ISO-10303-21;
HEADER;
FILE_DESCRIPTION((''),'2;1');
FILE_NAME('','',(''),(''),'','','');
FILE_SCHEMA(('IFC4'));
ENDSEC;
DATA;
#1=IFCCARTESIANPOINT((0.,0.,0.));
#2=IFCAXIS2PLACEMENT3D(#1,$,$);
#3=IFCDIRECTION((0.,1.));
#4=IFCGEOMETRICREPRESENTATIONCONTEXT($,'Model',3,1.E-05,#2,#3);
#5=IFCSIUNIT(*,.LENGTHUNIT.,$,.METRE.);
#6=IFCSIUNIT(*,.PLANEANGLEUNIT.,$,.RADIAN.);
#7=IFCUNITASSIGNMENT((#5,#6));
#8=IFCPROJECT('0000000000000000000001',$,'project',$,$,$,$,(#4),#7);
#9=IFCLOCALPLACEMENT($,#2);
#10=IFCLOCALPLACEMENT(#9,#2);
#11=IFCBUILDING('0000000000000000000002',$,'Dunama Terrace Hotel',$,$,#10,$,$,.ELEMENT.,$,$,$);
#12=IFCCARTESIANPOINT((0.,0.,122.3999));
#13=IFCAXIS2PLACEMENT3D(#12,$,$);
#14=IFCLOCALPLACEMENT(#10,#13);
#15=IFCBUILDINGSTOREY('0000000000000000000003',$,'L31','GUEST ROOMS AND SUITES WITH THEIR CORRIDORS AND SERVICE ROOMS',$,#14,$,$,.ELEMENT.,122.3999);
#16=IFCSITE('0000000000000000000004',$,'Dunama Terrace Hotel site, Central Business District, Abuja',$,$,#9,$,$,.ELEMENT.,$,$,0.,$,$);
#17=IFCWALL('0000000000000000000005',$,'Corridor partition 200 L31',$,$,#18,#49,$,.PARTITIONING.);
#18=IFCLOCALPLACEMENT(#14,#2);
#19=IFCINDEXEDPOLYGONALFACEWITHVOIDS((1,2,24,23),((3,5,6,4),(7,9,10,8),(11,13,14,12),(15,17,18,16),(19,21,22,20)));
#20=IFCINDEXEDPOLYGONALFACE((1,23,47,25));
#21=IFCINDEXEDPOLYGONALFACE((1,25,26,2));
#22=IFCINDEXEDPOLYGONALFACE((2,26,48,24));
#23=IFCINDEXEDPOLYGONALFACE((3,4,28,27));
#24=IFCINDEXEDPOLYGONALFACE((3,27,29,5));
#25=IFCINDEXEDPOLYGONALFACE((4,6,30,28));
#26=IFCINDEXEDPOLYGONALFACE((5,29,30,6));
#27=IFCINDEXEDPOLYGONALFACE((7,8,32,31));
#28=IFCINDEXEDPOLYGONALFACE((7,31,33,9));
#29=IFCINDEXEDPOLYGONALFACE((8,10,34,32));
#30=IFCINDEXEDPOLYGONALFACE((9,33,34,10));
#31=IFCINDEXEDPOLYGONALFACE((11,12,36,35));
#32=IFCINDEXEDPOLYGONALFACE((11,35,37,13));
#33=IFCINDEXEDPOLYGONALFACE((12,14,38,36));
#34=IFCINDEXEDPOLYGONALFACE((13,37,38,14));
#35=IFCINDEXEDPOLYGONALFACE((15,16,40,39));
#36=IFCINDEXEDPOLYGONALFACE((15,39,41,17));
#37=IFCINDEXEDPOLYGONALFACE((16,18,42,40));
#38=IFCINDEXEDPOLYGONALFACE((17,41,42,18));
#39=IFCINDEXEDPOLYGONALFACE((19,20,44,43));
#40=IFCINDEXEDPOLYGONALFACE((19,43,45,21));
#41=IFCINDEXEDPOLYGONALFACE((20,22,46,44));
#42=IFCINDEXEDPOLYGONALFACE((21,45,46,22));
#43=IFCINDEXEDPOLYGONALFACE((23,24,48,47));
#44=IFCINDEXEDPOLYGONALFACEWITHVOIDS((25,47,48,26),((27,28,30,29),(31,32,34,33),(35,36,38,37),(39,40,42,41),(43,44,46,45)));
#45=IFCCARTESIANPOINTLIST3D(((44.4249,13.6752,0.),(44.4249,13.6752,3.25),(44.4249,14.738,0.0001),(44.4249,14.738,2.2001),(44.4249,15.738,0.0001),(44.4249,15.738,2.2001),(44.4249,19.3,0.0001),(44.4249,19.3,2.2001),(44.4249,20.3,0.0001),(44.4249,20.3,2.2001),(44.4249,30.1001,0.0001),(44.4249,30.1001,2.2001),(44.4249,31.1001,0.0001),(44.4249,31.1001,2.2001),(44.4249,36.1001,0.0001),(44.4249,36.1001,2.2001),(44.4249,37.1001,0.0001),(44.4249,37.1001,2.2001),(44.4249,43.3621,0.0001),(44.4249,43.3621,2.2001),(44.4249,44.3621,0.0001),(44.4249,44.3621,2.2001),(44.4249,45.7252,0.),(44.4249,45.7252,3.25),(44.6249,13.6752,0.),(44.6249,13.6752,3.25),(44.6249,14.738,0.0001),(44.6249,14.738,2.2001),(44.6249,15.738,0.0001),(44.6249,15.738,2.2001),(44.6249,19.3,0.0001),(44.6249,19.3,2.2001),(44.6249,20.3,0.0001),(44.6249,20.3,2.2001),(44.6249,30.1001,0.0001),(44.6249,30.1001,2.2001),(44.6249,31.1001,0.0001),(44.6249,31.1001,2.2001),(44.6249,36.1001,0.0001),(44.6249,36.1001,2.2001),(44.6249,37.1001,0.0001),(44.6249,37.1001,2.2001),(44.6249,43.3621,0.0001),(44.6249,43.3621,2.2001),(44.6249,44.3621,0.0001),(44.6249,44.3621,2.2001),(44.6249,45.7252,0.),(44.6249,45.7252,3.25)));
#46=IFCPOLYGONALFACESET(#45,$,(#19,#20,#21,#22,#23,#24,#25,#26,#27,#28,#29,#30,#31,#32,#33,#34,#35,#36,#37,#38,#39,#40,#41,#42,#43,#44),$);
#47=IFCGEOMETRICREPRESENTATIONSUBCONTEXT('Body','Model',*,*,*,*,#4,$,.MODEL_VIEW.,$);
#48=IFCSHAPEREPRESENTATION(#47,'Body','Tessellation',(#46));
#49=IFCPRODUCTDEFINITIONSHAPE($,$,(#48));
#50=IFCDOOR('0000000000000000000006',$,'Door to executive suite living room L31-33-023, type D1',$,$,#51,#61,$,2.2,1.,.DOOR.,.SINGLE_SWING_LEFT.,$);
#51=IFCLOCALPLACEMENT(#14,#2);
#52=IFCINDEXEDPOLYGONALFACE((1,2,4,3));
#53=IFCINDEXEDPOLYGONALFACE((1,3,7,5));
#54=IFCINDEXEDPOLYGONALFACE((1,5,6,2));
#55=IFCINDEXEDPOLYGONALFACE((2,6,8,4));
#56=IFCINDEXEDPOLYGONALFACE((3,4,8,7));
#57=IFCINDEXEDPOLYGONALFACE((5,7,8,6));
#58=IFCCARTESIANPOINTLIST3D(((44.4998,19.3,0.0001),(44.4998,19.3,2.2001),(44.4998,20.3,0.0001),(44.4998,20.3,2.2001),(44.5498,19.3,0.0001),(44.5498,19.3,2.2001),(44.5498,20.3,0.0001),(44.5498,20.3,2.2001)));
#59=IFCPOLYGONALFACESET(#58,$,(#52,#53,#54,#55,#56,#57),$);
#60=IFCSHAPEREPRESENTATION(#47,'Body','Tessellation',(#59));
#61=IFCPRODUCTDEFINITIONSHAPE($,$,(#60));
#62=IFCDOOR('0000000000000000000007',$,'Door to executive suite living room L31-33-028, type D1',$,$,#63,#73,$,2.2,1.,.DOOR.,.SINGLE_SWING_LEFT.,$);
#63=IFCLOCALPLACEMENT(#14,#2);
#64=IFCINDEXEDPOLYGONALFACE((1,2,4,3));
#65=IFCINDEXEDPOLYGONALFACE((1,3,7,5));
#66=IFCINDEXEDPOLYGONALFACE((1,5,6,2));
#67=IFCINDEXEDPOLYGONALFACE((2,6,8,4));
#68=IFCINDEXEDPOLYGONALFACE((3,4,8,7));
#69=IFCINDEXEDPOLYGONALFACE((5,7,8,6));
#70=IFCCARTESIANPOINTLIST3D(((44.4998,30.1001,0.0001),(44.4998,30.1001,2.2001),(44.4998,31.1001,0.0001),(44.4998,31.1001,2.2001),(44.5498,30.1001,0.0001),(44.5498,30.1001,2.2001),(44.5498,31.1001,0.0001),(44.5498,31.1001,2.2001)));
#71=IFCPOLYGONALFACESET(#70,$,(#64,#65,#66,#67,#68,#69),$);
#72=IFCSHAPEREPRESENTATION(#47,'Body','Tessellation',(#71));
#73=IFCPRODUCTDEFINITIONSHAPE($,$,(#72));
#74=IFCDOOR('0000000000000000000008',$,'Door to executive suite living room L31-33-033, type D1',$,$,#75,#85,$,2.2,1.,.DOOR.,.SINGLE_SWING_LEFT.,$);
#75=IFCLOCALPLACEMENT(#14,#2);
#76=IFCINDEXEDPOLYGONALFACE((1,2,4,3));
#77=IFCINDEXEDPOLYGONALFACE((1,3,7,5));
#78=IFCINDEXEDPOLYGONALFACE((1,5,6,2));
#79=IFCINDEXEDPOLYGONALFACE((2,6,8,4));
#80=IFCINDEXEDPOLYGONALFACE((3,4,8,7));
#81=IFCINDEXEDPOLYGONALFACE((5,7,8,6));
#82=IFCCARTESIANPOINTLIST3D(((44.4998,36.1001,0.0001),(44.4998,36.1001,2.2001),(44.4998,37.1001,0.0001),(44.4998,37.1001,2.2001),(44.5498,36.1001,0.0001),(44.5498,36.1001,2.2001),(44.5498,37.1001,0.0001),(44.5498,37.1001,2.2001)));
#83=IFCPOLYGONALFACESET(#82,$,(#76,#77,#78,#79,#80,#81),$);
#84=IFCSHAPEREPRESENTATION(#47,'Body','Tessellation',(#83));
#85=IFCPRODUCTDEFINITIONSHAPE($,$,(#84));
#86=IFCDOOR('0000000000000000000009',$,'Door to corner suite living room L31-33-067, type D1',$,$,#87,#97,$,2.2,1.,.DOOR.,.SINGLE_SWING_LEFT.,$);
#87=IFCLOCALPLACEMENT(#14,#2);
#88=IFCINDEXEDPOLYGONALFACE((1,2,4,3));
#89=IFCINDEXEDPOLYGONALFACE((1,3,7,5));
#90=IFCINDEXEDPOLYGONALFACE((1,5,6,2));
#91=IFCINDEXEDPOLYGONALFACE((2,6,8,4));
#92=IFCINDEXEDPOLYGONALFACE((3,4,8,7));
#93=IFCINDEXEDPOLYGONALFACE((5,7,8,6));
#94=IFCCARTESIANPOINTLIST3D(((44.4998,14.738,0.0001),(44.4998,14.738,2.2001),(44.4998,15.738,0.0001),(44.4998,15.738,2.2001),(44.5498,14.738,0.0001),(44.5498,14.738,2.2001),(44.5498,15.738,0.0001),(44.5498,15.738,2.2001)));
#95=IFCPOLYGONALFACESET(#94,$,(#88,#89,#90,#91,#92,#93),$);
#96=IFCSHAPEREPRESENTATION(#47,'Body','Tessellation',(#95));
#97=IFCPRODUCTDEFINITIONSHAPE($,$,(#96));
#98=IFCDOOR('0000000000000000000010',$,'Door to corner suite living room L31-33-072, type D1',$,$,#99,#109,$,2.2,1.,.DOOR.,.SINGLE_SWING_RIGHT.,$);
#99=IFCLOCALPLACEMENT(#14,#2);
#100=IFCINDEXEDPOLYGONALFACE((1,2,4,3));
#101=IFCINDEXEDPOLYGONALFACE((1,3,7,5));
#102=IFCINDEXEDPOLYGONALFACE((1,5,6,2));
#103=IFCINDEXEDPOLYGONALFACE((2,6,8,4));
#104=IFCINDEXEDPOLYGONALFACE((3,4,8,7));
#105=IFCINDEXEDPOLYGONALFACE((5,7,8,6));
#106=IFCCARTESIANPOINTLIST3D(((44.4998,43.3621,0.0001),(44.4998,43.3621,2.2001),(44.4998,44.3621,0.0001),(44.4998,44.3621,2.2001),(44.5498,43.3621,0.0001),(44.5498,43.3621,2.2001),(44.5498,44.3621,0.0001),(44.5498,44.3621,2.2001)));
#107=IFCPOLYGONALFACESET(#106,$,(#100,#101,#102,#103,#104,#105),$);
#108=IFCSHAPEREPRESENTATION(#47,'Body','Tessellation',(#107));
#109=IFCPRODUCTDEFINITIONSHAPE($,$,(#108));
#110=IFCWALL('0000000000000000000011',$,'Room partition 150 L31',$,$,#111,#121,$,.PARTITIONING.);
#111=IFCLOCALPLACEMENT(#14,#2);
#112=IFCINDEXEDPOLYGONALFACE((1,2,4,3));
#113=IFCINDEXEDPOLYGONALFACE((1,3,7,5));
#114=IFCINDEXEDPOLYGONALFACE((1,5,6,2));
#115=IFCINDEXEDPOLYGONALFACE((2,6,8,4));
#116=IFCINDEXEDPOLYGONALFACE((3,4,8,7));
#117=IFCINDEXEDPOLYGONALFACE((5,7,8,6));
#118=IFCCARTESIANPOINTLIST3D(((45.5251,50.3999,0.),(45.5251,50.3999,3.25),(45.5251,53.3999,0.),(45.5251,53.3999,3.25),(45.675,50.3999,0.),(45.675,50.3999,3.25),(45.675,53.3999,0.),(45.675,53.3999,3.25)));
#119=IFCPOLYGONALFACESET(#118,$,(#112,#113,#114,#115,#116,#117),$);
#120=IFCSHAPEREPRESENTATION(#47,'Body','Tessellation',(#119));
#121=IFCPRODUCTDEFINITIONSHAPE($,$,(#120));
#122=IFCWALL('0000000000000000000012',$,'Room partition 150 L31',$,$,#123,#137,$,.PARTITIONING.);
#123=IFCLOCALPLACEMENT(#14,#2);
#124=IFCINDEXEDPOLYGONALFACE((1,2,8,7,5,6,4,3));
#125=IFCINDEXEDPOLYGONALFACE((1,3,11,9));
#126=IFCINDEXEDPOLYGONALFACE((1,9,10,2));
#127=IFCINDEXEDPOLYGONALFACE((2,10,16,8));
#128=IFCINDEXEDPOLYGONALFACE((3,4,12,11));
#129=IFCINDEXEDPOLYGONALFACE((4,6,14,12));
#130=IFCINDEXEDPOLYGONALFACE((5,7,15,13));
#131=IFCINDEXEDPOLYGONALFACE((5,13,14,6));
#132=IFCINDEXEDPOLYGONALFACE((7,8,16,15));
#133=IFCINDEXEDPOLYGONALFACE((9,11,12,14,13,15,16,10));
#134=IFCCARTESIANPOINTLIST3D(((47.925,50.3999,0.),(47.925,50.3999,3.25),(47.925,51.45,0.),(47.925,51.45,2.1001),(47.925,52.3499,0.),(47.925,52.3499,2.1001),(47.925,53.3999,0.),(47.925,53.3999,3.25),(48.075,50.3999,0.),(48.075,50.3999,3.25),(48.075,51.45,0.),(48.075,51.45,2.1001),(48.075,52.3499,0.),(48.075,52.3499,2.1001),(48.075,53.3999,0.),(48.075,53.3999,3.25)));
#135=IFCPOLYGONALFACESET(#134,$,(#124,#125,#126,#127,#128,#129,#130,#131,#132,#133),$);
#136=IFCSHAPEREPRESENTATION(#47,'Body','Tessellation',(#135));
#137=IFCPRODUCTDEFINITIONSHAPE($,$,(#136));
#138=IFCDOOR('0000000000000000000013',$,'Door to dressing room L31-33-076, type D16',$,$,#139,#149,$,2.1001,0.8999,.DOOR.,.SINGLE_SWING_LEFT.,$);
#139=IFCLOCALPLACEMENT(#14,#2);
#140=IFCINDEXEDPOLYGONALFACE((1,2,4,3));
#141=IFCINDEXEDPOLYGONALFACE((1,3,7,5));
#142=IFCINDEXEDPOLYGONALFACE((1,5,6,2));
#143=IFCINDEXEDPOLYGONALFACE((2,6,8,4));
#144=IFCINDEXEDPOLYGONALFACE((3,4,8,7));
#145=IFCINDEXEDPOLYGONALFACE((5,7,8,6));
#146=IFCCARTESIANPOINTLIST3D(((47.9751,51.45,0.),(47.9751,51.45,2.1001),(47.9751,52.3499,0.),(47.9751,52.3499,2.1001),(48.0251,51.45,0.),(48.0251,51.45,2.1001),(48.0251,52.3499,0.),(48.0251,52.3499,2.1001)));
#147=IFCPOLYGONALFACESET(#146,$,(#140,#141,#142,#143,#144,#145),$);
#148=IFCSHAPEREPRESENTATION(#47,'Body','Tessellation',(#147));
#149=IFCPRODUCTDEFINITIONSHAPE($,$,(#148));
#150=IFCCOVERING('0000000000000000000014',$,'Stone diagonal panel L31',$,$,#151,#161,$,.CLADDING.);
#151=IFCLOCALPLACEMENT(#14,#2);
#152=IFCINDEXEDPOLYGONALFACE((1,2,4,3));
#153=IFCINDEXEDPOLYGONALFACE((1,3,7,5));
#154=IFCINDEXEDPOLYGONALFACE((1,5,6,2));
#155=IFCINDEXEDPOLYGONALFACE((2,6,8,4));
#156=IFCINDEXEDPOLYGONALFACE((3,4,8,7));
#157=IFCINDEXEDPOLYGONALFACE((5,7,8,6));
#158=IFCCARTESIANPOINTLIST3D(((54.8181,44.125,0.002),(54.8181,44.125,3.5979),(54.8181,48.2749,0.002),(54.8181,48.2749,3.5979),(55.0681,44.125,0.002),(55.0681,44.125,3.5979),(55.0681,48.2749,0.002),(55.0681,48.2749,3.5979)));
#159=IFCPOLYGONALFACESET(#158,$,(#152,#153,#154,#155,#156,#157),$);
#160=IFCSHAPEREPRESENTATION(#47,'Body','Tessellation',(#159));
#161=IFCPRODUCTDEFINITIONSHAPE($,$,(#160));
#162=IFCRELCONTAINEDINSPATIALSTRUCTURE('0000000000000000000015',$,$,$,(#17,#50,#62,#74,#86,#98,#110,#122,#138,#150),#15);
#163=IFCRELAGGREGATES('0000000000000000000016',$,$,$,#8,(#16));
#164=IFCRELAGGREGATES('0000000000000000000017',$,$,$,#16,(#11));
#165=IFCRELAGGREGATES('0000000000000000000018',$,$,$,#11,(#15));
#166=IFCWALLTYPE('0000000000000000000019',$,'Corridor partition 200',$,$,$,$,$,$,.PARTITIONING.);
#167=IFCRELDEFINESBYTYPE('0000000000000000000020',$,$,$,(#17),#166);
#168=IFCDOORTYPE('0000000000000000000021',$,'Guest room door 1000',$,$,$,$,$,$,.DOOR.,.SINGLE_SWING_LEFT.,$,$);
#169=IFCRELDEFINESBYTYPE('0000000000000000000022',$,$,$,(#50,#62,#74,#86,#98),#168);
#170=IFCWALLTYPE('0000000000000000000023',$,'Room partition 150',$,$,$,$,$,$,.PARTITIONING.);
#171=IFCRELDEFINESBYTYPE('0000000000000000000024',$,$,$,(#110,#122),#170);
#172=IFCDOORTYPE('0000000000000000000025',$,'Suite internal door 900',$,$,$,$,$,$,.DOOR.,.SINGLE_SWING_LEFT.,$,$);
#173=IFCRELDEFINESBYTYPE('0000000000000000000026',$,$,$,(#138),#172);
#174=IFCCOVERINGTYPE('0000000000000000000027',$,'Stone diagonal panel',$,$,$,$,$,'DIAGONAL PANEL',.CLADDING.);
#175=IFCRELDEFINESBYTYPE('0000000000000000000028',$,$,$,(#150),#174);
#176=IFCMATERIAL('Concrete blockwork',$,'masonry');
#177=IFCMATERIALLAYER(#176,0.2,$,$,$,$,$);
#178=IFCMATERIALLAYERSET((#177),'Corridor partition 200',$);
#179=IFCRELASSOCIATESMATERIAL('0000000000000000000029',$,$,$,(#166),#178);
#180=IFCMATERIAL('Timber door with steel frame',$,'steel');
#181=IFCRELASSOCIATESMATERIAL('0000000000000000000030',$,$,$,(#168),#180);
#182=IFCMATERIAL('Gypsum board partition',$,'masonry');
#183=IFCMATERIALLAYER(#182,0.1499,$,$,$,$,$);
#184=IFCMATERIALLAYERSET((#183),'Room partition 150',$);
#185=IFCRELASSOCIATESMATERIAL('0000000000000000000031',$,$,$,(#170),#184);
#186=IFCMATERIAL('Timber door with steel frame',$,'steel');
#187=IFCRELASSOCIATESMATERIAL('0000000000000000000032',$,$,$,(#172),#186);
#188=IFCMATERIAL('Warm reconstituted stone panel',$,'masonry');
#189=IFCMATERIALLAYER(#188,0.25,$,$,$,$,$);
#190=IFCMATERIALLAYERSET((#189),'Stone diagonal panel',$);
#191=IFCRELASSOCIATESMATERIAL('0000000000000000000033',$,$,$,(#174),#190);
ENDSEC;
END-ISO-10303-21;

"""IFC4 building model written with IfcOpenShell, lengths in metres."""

from ifc_helpers import new_model, si_unit, direction, frame, frame_2d, origin, origin_2d, place, context, subcontext, project, spatial, rectangle, extrude, material, layer, layer_set, type_object, element, fill, save


model = new_model("IFC4")

# Units and contexts
model_context = context("Model", 3, precision=1e-05, world=origin(), true_north=direction((0.0, 1.0)))
body_context = subcontext(model_context, "Body", "Model", "MODEL_VIEW")
ifc_project = project(units=[si_unit("LENGTHUNIT", "METRE"), si_unit("PLANEANGLEUNIT", "RADIAN")], contexts=[model_context])

# Site, building, storey
site_placement = place(None, origin())
site = spatial("IfcSite", under=ifc_project, at=site_placement, Name="Dunama Terrace Hotel site, Central Business District, Abuja", CompositionType="ELEMENT", RefElevation=0.0)
building_placement = place(site_placement, origin())
building = spatial("IfcBuilding", under=site, at=building_placement, Name="Dunama Terrace Hotel", CompositionType="ELEMENT")
storey_placement = place(building_placement, frame((0.0, 0.0, 122.3999)))
storey = spatial("IfcBuildingStorey", under=building, at=storey_placement, Name="L31", Description="GUEST ROOMS AND SUITES WITH THEIR CORRIDORS AND SERVICE ROOMS", CompositionType="ELEMENT", Elevation=122.3999)

# Wall, openings, doors
ifc_material_1 = material(Name="Concrete blockwork", Category="masonry")
ifc_layer_1 = layer(ifc_material_1, 0.2)
ifc_layer_set_1 = layer_set([ifc_layer_1], Name="Corridor partition 200")
wall_type_1 = type_object("IfcWallType", Name="Corridor partition 200", PredefinedType="PARTITIONING", material=ifc_layer_set_1)
wall_1_placement = place(storey_placement, frame((44.5249, 45.7251, 0.0), z_axis=(0.0, 0.0, 1.0), x_axis=(0.0, -1.0, 0.0)))
wall_1 = element("IfcWall", 1, at=wall_1_placement, inside=storey, type_object=wall_type_1, Name="Corridor partition 200 L31", PredefinedType="PARTITIONING", context=body_context, shape_type="SweptSolid", body=[
    extrude(rectangle(XDim=32.05, YDim=0.2, at=frame_2d((16.0249, 0.0))), origin(), (0.0, 0.0, 1.0), 3.25),
])
opening_1_placement = place(wall_1_placement, frame((25.425, 0.0, 0.0)))
opening_1 = element("IfcOpeningElement", 2, at=opening_1_placement, cuts=wall_1, PredefinedType="OPENING", context=body_context, shape_type="SweptSolid", body=[
    extrude(rectangle(XDim=1.0, YDim=2.2, at=frame_2d((0.5, 1.1001))), frame((0.0, 0.1099, 0.0), z_axis=(0.0, -1.0, 0.0), x_axis=(1.0, 0.0, 0.0)), (0.0, 0.0, 1.0), 0.22),
])
opening_2_placement = place(wall_1_placement, frame((14.625, 0.0, 0.0)))
opening_2 = element("IfcOpeningElement", 3, at=opening_2_placement, cuts=wall_1, PredefinedType="OPENING", context=body_context, shape_type="SweptSolid", body=[
    extrude(rectangle(XDim=1.0, YDim=2.2, at=frame_2d((0.5, 1.1001))), frame((0.0, 0.1099, 0.0), z_axis=(0.0, -1.0, 0.0), x_axis=(1.0, 0.0, 0.0)), (0.0, 0.0, 1.0), 0.22),
])
opening_3_placement = place(wall_1_placement, frame((8.625, 0.0, 0.0)))
opening_3 = element("IfcOpeningElement", 4, at=opening_3_placement, cuts=wall_1, PredefinedType="OPENING", context=body_context, shape_type="SweptSolid", body=[
    extrude(rectangle(XDim=1.0, YDim=2.2, at=frame_2d((0.5, 1.1001))), frame((0.0, 0.1099, 0.0), z_axis=(0.0, -1.0, 0.0), x_axis=(1.0, 0.0, 0.0)), (0.0, 0.0, 1.0), 0.22),
])
opening_4_placement = place(wall_1_placement, frame((29.9871, 0.0, 0.0)))
opening_4 = element("IfcOpeningElement", 5, at=opening_4_placement, cuts=wall_1, PredefinedType="OPENING", context=body_context, shape_type="SweptSolid", body=[
    extrude(rectangle(XDim=1.0, YDim=2.2, at=frame_2d((0.5, 1.1001))), frame((0.0, 0.1099, 0.0), z_axis=(0.0, -1.0, 0.0), x_axis=(1.0, 0.0, 0.0)), (0.0, 0.0, 1.0), 0.22),
])
opening_5_placement = place(wall_1_placement, frame((1.363, 0.0, 0.0)))
opening_5 = element("IfcOpeningElement", 6, at=opening_5_placement, cuts=wall_1, PredefinedType="OPENING", context=body_context, shape_type="SweptSolid", body=[
    extrude(rectangle(XDim=1.0, YDim=2.2, at=frame_2d((0.5, 1.1001))), frame((0.0, 0.1099, 0.0), z_axis=(0.0, -1.0, 0.0), x_axis=(1.0, 0.0, 0.0)), (0.0, 0.0, 1.0), 0.22),
])
ifc_material_2 = material(Name="Timber door with steel frame", Category="steel")
door_type_1 = type_object("IfcDoorType", Name="Guest room door 1000", OperationType="SINGLE_SWING_LEFT", PredefinedType="DOOR", material=ifc_material_2)
door_1_placement = place(opening_1_placement, origin())
door_1 = element("IfcDoor", 7, at=door_1_placement, inside=storey, type_object=door_type_1, Name="Door to executive suite living room L31-33-023, type D1", OperationType="SINGLE_SWING_LEFT", OverallHeight=2.2, OverallWidth=1.0, PredefinedType="DOOR", context=body_context, shape_type="SweptSolid", body=[
    extrude(rectangle(XDim=1.0, YDim=2.2, at=frame_2d((0.5, 1.1001))), frame((0.0, 0.0249, 0.0), z_axis=(0.0, -1.0, 0.0), x_axis=(1.0, 0.0, 0.0)), (0.0, 0.0, 1.0), 0.05),
])
fill(opening_1, door_1)
door_2_placement = place(opening_2_placement, origin())
door_2 = element("IfcDoor", 8, at=door_2_placement, inside=storey, type_object=door_type_1, Name="Door to executive suite living room L31-33-028, type D1", OperationType="SINGLE_SWING_LEFT", OverallHeight=2.2, OverallWidth=1.0, PredefinedType="DOOR", context=body_context, shape_type="SweptSolid", body=[
    extrude(rectangle(XDim=1.0, YDim=2.2, at=frame_2d((0.5, 1.1001))), frame((0.0, 0.0249, 0.0), z_axis=(0.0, -1.0, 0.0), x_axis=(1.0, 0.0, 0.0)), (0.0, 0.0, 1.0), 0.05),
])
fill(opening_2, door_2)
door_3_placement = place(opening_3_placement, origin())
door_3 = element("IfcDoor", 9, at=door_3_placement, inside=storey, type_object=door_type_1, Name="Door to executive suite living room L31-33-033, type D1", OperationType="SINGLE_SWING_LEFT", OverallHeight=2.2, OverallWidth=1.0, PredefinedType="DOOR", context=body_context, shape_type="SweptSolid", body=[
    extrude(rectangle(XDim=1.0, YDim=2.2, at=frame_2d((0.5, 1.1001))), frame((0.0, 0.0249, 0.0), z_axis=(0.0, -1.0, 0.0), x_axis=(1.0, 0.0, 0.0)), (0.0, 0.0, 1.0), 0.05),
])
fill(opening_3, door_3)
door_4_placement = place(opening_4_placement, origin())
door_4 = element("IfcDoor", 10, at=door_4_placement, inside=storey, type_object=door_type_1, Name="Door to corner suite living room L31-33-067, type D1", OperationType="SINGLE_SWING_LEFT", OverallHeight=2.2, OverallWidth=1.0, PredefinedType="DOOR", context=body_context, shape_type="SweptSolid", body=[
    extrude(rectangle(XDim=1.0, YDim=2.2, at=frame_2d((0.5, 1.1001))), frame((0.0, 0.0249, 0.0), z_axis=(0.0, -1.0, 0.0), x_axis=(1.0, 0.0, 0.0)), (0.0, 0.0, 1.0), 0.05),
])
fill(opening_4, door_4)
door_5_placement = place(opening_5_placement, origin())
door_5 = element("IfcDoor", 11, at=door_5_placement, inside=storey, type_object=door_type_1, Name="Door to corner suite living room L31-33-072, type D1", OperationType="SINGLE_SWING_RIGHT", OverallHeight=2.2, OverallWidth=1.0, PredefinedType="DOOR", context=body_context, shape_type="SweptSolid", body=[
    extrude(rectangle(XDim=1.0, YDim=2.2, at=frame_2d((0.5, 1.1001))), frame((0.0, 0.0249, 0.0), z_axis=(0.0, -1.0, 0.0), x_axis=(1.0, 0.0, 0.0)), (0.0, 0.0, 1.0), 0.05),
])
fill(opening_5, door_5)

# Wall
ifc_material_3 = material(Name="Gypsum board partition", Category="masonry")
ifc_layer_2 = layer(ifc_material_3, 0.1499)
ifc_layer_set_2 = layer_set([ifc_layer_2], Name="Room partition 150")
wall_type_2 = type_object("IfcWallType", Name="Room partition 150", PredefinedType="PARTITIONING", material=ifc_layer_set_2)
wall_2_placement = place(storey_placement, frame((45.6001, 50.3999, 0.0), z_axis=(0.0, 0.0, 1.0), x_axis=(0.0, 1.0, 0.0)))
element("IfcWall", 12, at=wall_2_placement, inside=storey, type_object=wall_type_2, Name="Room partition 150 L31", PredefinedType="PARTITIONING", context=body_context, shape_type="SweptSolid", body=[
    extrude(rectangle(XDim=3.0, YDim=0.1499, at=frame_2d((1.5, 0.0))), origin(), (0.0, 0.0, 1.0), 3.25),
])

# Wall, opening, door
wall_3_placement = place(storey_placement, frame((48.0, 50.3999, 0.0), z_axis=(0.0, 0.0, 1.0), x_axis=(0.0, 1.0, 0.0)))
wall_3 = element("IfcWall", 13, at=wall_3_placement, inside=storey, type_object=wall_type_2, Name="Room partition 150 L31", PredefinedType="PARTITIONING", context=body_context, shape_type="SweptSolid", body=[
    extrude(rectangle(XDim=3.0, YDim=0.1499, at=frame_2d((1.5, 0.0))), origin(), (0.0, 0.0, 1.0), 3.25),
])
opening_6_placement = place(wall_3_placement, frame((1.05, 0.0, 0.0)))
opening_6 = element("IfcOpeningElement", 14, at=opening_6_placement, cuts=wall_3, PredefinedType="OPENING", context=body_context, shape_type="SweptSolid", body=[
    extrude(rectangle(XDim=0.8999, YDim=2.1001, at=frame_2d((0.45, 1.05))), frame((0.0, 0.085, 0.0), z_axis=(0.0, -1.0, 0.0), x_axis=(1.0, 0.0, 0.0)), (0.0, 0.0, 1.0), 0.1699),
])
ifc_material_4 = material(Name="Timber door with steel frame", Category="steel")
door_type_2 = type_object("IfcDoorType", Name="Suite internal door 900", OperationType="SINGLE_SWING_LEFT", PredefinedType="DOOR", material=ifc_material_4)
door_6_placement = place(opening_6_placement, origin())
door_6 = element("IfcDoor", 15, at=door_6_placement, inside=storey, type_object=door_type_2, Name="Door to dressing room L31-33-076, type D16", OperationType="SINGLE_SWING_LEFT", OverallHeight=2.1001, OverallWidth=0.8999, PredefinedType="DOOR", context=body_context, shape_type="SweptSolid", body=[
    extrude(rectangle(XDim=0.8999, YDim=2.1001, at=frame_2d((0.45, 1.05))), frame((0.0, 0.0249, 0.0), z_axis=(0.0, -1.0, 0.0), x_axis=(1.0, 0.0, 0.0)), (0.0, 0.0, 1.0), 0.05),
])
fill(opening_6, door_6)

# Covering
ifc_material_5 = material(Name="Warm reconstituted stone panel", Category="masonry")
ifc_layer_3 = layer(ifc_material_5, 0.25)
ifc_layer_set_3 = layer_set([ifc_layer_3], Name="Stone diagonal panel")
covering_type = type_object("IfcCoveringType", Name="Stone diagonal panel", ElementType="DIAGONAL PANEL", PredefinedType="CLADDING", material=ifc_layer_set_3)
covering_placement = place(storey_placement, frame((54.9431, 46.2, 0.002), z_axis=(0.0, 0.0, 1.0), x_axis=(0.0, 1.0, 0.0)))
element("IfcCovering", 16, at=covering_placement, inside=storey, type_object=covering_type, Name="Stone diagonal panel L31", PredefinedType="CLADDING", context=body_context, shape_type="SweptSolid", body=[
    extrude(rectangle(XDim=4.1499, YDim=0.25, at=origin_2d()), origin(), (0.0, 0.0, 1.0), 3.5959),
])

save(model, "model.ifc")
